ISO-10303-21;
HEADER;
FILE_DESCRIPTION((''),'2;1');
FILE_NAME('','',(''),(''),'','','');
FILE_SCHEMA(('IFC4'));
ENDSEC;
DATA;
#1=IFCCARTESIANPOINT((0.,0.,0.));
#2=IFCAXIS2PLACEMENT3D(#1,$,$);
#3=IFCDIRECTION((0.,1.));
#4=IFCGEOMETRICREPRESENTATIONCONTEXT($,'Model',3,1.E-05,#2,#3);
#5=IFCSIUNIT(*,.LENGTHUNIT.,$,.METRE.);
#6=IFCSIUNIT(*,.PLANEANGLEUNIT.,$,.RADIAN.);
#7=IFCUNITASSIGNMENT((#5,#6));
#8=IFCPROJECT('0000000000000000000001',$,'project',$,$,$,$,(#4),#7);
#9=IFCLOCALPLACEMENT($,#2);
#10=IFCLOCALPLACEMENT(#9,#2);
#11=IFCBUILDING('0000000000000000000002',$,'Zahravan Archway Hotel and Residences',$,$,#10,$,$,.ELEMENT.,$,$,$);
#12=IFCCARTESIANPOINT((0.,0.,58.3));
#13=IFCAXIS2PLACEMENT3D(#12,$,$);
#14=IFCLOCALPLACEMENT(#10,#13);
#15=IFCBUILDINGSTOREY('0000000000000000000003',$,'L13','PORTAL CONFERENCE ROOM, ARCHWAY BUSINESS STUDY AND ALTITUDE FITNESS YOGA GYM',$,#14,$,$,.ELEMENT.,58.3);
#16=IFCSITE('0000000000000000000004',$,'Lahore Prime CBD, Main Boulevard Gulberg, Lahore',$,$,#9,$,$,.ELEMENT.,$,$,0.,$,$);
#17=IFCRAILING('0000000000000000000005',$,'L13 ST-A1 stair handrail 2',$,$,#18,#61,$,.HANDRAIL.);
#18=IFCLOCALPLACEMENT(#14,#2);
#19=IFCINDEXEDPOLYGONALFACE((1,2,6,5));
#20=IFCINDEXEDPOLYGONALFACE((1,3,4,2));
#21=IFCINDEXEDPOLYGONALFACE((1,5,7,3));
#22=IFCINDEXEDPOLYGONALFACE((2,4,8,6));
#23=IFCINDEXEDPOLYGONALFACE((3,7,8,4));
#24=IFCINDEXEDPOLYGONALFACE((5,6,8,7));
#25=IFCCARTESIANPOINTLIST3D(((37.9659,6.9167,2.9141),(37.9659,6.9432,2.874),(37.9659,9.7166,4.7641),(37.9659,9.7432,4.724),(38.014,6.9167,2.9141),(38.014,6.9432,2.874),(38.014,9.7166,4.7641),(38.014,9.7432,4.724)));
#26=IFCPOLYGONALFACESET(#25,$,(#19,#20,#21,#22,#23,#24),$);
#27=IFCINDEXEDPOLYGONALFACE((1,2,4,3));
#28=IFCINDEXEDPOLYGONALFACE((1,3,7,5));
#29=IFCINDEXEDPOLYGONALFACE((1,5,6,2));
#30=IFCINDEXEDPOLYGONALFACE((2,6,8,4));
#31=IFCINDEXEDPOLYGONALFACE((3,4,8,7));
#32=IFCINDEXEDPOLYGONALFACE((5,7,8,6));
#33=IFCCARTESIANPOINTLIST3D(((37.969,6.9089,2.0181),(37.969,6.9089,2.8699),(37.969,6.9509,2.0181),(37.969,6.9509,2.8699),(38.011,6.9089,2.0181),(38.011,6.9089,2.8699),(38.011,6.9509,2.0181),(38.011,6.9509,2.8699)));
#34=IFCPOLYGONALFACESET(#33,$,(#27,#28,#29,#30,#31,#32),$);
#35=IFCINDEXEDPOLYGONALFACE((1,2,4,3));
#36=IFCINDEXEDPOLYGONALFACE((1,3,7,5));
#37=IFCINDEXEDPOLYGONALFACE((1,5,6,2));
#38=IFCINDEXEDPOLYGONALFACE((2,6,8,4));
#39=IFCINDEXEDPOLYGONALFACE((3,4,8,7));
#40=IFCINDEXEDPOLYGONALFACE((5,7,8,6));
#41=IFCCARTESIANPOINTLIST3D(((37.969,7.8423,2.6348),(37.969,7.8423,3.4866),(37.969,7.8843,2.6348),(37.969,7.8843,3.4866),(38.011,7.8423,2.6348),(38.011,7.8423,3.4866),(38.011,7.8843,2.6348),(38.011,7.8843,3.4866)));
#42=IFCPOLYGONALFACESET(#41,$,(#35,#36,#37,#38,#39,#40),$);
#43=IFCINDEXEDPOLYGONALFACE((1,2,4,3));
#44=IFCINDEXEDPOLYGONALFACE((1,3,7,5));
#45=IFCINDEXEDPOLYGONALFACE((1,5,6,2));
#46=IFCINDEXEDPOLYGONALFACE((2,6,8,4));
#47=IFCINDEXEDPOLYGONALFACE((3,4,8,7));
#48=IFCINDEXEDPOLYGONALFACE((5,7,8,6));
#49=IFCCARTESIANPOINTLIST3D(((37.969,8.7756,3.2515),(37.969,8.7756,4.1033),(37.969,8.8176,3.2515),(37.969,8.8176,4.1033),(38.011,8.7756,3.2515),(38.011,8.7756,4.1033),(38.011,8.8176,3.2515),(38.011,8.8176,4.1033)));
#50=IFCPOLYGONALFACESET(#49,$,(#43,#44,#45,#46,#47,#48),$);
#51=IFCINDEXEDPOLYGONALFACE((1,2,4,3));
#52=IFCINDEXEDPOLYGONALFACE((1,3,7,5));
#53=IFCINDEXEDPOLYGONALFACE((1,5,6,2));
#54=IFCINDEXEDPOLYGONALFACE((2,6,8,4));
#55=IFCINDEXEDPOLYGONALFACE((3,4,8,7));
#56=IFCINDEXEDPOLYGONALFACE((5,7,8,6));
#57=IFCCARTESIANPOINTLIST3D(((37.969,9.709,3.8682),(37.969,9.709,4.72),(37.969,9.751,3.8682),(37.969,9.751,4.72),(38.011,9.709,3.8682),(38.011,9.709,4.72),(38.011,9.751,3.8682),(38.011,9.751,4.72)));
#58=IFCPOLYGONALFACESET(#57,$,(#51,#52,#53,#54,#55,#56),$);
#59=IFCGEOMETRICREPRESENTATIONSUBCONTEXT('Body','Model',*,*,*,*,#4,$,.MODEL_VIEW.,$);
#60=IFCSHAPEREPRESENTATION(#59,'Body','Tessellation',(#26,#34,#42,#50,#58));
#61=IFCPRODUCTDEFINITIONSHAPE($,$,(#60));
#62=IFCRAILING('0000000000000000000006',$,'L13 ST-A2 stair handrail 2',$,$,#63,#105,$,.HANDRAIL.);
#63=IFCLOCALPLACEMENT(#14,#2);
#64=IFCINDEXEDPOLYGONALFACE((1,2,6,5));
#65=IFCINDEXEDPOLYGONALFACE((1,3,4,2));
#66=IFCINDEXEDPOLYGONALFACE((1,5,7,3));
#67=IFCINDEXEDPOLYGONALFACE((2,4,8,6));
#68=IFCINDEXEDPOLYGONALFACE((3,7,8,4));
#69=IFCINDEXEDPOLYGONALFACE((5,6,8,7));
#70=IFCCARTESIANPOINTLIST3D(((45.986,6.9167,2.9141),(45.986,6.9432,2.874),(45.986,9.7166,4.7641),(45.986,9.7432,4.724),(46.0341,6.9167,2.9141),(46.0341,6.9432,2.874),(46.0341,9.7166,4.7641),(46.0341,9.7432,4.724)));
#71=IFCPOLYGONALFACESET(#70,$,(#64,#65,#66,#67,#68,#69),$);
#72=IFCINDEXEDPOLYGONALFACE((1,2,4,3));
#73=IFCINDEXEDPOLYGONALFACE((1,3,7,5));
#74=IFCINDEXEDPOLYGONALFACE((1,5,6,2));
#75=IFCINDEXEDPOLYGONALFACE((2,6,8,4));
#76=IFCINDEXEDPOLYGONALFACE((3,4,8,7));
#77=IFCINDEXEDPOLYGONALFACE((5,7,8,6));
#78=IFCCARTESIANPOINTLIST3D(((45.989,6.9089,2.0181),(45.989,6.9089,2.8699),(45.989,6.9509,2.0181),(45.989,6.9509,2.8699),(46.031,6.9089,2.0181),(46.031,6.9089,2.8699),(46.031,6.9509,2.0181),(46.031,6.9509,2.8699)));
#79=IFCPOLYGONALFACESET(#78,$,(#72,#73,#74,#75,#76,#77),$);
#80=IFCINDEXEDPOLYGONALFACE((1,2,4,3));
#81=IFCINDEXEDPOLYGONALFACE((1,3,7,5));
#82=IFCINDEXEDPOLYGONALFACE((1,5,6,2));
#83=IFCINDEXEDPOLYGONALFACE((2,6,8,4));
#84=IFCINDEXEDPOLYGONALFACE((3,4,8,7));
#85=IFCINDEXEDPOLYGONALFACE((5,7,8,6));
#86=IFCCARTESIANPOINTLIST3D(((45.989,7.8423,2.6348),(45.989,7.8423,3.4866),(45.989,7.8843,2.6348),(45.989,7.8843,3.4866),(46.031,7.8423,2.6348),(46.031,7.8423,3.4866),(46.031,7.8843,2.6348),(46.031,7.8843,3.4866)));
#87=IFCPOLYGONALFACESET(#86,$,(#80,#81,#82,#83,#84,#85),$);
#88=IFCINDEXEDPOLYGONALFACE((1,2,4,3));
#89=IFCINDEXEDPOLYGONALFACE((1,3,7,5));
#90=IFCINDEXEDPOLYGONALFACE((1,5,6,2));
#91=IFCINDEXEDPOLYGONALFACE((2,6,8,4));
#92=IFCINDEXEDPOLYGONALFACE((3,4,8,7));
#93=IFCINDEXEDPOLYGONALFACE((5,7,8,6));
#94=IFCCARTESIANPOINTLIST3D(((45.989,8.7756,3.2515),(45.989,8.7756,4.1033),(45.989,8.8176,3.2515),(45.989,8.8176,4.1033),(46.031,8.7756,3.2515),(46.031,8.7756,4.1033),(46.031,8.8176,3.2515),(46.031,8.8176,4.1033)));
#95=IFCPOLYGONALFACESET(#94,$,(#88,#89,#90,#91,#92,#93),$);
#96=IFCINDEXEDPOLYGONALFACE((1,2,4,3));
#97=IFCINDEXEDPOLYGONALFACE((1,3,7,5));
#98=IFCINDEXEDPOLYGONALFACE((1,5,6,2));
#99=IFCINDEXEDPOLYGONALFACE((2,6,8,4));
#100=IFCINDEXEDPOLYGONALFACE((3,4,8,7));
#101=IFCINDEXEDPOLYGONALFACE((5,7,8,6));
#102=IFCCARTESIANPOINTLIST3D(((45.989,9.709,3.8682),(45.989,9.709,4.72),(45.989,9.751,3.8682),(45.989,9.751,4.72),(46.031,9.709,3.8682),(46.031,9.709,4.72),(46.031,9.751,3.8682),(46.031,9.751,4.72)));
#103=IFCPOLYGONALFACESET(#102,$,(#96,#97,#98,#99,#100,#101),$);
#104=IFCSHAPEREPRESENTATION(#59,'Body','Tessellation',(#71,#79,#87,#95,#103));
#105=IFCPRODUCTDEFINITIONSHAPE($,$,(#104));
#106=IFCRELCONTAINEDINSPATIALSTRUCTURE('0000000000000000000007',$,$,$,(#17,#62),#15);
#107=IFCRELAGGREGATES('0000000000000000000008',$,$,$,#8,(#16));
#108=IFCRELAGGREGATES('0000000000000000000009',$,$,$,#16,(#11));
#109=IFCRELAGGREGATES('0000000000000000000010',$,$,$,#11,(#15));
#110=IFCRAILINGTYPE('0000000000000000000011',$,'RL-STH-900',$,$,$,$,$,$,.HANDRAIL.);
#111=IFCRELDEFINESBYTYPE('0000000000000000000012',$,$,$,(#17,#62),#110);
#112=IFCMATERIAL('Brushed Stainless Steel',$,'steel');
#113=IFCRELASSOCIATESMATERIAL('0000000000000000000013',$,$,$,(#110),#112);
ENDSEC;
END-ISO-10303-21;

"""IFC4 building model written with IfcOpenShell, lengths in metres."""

from ifc_helpers import new_model, si_unit, direction, frame, origin, origin_2d, place, context, subcontext, project, spatial, rectangle, extrude, material, type_object, element, save


model = new_model("IFC4")

# Units and contexts
model_context = context("Model", 3, precision=1e-05, world=origin(), true_north=direction((0.0, 1.0)))
body_context = subcontext(model_context, "Body", "Model", "MODEL_VIEW")
ifc_project = project(units=[si_unit("LENGTHUNIT", "METRE"), si_unit("PLANEANGLEUNIT", "RADIAN")], contexts=[model_context])

# Site, building, storey
site_placement = place(None, origin())
site = spatial("IfcSite", under=ifc_project, at=site_placement, Name="Lahore Prime CBD, Main Boulevard Gulberg, Lahore", CompositionType="ELEMENT", RefElevation=0.0)
building_placement = place(site_placement, origin())
building = spatial("IfcBuilding", under=site, at=building_placement, Name="Zahravan Archway Hotel and Residences", CompositionType="ELEMENT")
storey_placement = place(building_placement, frame((0.0, 0.0, 58.3)))
storey = spatial("IfcBuildingStorey", under=building, at=storey_placement, Name="L13", Description="PORTAL CONFERENCE ROOM, ARCHWAY BUSINESS STUDY AND ALTITUDE FITNESS YOGA GYM", CompositionType="ELEMENT", Elevation=58.3)

# Railings
ifc_material_1 = material(Name="Brushed Stainless Steel", Category="steel")
railing_type_1 = type_object("IfcRailingType", Name="RL-STH-900", PredefinedType="HANDRAIL", material=ifc_material_1)
for number, where, name in (
    (1, (37.99, 6.9299, 2.0181), "L13 ST-A1 stair handrail 2"),
    (2, (46.01, 6.9299, 2.0181), "L13 ST-A2 stair handrail 2"),
):
    element("IfcRailing", number, at=place(storey_placement, frame(where)), inside=storey, type_object=railing_type_1, Name=name, PredefinedType="HANDRAIL", context=body_context, shape_type="SweptSolid", body=[
        extrude(rectangle(XDim=0.0481, YDim=0.0481, at=origin_2d()), frame((0.0, 0.0, 0.876), z_axis=(0.0, 0.834326, 0.551271), x_axis=(-1.0, 0.0, 0.0)), (0.0, 0.0, 1.0), 3.356),
        extrude(rectangle(XDim=0.042, YDim=0.042, at=origin_2d()), origin(), (0.0, 0.0, 1.0), 0.8518),
        extrude(rectangle(XDim=0.042, YDim=0.042, at=origin_2d()), frame((0.0, 0.9333, 0.6167)), (0.0, 0.0, 1.0), 0.8518),
        extrude(rectangle(XDim=0.042, YDim=0.042, at=origin_2d()), frame((0.0, 1.8667, 1.2334)), (0.0, 0.0, 1.0), 0.8518),
        extrude(rectangle(XDim=0.042, YDim=0.042, at=origin_2d()), frame((0.0, 2.8, 1.8501)), (0.0, 0.0, 1.0), 0.8518),
    ])

save(model, "model.ifc")
